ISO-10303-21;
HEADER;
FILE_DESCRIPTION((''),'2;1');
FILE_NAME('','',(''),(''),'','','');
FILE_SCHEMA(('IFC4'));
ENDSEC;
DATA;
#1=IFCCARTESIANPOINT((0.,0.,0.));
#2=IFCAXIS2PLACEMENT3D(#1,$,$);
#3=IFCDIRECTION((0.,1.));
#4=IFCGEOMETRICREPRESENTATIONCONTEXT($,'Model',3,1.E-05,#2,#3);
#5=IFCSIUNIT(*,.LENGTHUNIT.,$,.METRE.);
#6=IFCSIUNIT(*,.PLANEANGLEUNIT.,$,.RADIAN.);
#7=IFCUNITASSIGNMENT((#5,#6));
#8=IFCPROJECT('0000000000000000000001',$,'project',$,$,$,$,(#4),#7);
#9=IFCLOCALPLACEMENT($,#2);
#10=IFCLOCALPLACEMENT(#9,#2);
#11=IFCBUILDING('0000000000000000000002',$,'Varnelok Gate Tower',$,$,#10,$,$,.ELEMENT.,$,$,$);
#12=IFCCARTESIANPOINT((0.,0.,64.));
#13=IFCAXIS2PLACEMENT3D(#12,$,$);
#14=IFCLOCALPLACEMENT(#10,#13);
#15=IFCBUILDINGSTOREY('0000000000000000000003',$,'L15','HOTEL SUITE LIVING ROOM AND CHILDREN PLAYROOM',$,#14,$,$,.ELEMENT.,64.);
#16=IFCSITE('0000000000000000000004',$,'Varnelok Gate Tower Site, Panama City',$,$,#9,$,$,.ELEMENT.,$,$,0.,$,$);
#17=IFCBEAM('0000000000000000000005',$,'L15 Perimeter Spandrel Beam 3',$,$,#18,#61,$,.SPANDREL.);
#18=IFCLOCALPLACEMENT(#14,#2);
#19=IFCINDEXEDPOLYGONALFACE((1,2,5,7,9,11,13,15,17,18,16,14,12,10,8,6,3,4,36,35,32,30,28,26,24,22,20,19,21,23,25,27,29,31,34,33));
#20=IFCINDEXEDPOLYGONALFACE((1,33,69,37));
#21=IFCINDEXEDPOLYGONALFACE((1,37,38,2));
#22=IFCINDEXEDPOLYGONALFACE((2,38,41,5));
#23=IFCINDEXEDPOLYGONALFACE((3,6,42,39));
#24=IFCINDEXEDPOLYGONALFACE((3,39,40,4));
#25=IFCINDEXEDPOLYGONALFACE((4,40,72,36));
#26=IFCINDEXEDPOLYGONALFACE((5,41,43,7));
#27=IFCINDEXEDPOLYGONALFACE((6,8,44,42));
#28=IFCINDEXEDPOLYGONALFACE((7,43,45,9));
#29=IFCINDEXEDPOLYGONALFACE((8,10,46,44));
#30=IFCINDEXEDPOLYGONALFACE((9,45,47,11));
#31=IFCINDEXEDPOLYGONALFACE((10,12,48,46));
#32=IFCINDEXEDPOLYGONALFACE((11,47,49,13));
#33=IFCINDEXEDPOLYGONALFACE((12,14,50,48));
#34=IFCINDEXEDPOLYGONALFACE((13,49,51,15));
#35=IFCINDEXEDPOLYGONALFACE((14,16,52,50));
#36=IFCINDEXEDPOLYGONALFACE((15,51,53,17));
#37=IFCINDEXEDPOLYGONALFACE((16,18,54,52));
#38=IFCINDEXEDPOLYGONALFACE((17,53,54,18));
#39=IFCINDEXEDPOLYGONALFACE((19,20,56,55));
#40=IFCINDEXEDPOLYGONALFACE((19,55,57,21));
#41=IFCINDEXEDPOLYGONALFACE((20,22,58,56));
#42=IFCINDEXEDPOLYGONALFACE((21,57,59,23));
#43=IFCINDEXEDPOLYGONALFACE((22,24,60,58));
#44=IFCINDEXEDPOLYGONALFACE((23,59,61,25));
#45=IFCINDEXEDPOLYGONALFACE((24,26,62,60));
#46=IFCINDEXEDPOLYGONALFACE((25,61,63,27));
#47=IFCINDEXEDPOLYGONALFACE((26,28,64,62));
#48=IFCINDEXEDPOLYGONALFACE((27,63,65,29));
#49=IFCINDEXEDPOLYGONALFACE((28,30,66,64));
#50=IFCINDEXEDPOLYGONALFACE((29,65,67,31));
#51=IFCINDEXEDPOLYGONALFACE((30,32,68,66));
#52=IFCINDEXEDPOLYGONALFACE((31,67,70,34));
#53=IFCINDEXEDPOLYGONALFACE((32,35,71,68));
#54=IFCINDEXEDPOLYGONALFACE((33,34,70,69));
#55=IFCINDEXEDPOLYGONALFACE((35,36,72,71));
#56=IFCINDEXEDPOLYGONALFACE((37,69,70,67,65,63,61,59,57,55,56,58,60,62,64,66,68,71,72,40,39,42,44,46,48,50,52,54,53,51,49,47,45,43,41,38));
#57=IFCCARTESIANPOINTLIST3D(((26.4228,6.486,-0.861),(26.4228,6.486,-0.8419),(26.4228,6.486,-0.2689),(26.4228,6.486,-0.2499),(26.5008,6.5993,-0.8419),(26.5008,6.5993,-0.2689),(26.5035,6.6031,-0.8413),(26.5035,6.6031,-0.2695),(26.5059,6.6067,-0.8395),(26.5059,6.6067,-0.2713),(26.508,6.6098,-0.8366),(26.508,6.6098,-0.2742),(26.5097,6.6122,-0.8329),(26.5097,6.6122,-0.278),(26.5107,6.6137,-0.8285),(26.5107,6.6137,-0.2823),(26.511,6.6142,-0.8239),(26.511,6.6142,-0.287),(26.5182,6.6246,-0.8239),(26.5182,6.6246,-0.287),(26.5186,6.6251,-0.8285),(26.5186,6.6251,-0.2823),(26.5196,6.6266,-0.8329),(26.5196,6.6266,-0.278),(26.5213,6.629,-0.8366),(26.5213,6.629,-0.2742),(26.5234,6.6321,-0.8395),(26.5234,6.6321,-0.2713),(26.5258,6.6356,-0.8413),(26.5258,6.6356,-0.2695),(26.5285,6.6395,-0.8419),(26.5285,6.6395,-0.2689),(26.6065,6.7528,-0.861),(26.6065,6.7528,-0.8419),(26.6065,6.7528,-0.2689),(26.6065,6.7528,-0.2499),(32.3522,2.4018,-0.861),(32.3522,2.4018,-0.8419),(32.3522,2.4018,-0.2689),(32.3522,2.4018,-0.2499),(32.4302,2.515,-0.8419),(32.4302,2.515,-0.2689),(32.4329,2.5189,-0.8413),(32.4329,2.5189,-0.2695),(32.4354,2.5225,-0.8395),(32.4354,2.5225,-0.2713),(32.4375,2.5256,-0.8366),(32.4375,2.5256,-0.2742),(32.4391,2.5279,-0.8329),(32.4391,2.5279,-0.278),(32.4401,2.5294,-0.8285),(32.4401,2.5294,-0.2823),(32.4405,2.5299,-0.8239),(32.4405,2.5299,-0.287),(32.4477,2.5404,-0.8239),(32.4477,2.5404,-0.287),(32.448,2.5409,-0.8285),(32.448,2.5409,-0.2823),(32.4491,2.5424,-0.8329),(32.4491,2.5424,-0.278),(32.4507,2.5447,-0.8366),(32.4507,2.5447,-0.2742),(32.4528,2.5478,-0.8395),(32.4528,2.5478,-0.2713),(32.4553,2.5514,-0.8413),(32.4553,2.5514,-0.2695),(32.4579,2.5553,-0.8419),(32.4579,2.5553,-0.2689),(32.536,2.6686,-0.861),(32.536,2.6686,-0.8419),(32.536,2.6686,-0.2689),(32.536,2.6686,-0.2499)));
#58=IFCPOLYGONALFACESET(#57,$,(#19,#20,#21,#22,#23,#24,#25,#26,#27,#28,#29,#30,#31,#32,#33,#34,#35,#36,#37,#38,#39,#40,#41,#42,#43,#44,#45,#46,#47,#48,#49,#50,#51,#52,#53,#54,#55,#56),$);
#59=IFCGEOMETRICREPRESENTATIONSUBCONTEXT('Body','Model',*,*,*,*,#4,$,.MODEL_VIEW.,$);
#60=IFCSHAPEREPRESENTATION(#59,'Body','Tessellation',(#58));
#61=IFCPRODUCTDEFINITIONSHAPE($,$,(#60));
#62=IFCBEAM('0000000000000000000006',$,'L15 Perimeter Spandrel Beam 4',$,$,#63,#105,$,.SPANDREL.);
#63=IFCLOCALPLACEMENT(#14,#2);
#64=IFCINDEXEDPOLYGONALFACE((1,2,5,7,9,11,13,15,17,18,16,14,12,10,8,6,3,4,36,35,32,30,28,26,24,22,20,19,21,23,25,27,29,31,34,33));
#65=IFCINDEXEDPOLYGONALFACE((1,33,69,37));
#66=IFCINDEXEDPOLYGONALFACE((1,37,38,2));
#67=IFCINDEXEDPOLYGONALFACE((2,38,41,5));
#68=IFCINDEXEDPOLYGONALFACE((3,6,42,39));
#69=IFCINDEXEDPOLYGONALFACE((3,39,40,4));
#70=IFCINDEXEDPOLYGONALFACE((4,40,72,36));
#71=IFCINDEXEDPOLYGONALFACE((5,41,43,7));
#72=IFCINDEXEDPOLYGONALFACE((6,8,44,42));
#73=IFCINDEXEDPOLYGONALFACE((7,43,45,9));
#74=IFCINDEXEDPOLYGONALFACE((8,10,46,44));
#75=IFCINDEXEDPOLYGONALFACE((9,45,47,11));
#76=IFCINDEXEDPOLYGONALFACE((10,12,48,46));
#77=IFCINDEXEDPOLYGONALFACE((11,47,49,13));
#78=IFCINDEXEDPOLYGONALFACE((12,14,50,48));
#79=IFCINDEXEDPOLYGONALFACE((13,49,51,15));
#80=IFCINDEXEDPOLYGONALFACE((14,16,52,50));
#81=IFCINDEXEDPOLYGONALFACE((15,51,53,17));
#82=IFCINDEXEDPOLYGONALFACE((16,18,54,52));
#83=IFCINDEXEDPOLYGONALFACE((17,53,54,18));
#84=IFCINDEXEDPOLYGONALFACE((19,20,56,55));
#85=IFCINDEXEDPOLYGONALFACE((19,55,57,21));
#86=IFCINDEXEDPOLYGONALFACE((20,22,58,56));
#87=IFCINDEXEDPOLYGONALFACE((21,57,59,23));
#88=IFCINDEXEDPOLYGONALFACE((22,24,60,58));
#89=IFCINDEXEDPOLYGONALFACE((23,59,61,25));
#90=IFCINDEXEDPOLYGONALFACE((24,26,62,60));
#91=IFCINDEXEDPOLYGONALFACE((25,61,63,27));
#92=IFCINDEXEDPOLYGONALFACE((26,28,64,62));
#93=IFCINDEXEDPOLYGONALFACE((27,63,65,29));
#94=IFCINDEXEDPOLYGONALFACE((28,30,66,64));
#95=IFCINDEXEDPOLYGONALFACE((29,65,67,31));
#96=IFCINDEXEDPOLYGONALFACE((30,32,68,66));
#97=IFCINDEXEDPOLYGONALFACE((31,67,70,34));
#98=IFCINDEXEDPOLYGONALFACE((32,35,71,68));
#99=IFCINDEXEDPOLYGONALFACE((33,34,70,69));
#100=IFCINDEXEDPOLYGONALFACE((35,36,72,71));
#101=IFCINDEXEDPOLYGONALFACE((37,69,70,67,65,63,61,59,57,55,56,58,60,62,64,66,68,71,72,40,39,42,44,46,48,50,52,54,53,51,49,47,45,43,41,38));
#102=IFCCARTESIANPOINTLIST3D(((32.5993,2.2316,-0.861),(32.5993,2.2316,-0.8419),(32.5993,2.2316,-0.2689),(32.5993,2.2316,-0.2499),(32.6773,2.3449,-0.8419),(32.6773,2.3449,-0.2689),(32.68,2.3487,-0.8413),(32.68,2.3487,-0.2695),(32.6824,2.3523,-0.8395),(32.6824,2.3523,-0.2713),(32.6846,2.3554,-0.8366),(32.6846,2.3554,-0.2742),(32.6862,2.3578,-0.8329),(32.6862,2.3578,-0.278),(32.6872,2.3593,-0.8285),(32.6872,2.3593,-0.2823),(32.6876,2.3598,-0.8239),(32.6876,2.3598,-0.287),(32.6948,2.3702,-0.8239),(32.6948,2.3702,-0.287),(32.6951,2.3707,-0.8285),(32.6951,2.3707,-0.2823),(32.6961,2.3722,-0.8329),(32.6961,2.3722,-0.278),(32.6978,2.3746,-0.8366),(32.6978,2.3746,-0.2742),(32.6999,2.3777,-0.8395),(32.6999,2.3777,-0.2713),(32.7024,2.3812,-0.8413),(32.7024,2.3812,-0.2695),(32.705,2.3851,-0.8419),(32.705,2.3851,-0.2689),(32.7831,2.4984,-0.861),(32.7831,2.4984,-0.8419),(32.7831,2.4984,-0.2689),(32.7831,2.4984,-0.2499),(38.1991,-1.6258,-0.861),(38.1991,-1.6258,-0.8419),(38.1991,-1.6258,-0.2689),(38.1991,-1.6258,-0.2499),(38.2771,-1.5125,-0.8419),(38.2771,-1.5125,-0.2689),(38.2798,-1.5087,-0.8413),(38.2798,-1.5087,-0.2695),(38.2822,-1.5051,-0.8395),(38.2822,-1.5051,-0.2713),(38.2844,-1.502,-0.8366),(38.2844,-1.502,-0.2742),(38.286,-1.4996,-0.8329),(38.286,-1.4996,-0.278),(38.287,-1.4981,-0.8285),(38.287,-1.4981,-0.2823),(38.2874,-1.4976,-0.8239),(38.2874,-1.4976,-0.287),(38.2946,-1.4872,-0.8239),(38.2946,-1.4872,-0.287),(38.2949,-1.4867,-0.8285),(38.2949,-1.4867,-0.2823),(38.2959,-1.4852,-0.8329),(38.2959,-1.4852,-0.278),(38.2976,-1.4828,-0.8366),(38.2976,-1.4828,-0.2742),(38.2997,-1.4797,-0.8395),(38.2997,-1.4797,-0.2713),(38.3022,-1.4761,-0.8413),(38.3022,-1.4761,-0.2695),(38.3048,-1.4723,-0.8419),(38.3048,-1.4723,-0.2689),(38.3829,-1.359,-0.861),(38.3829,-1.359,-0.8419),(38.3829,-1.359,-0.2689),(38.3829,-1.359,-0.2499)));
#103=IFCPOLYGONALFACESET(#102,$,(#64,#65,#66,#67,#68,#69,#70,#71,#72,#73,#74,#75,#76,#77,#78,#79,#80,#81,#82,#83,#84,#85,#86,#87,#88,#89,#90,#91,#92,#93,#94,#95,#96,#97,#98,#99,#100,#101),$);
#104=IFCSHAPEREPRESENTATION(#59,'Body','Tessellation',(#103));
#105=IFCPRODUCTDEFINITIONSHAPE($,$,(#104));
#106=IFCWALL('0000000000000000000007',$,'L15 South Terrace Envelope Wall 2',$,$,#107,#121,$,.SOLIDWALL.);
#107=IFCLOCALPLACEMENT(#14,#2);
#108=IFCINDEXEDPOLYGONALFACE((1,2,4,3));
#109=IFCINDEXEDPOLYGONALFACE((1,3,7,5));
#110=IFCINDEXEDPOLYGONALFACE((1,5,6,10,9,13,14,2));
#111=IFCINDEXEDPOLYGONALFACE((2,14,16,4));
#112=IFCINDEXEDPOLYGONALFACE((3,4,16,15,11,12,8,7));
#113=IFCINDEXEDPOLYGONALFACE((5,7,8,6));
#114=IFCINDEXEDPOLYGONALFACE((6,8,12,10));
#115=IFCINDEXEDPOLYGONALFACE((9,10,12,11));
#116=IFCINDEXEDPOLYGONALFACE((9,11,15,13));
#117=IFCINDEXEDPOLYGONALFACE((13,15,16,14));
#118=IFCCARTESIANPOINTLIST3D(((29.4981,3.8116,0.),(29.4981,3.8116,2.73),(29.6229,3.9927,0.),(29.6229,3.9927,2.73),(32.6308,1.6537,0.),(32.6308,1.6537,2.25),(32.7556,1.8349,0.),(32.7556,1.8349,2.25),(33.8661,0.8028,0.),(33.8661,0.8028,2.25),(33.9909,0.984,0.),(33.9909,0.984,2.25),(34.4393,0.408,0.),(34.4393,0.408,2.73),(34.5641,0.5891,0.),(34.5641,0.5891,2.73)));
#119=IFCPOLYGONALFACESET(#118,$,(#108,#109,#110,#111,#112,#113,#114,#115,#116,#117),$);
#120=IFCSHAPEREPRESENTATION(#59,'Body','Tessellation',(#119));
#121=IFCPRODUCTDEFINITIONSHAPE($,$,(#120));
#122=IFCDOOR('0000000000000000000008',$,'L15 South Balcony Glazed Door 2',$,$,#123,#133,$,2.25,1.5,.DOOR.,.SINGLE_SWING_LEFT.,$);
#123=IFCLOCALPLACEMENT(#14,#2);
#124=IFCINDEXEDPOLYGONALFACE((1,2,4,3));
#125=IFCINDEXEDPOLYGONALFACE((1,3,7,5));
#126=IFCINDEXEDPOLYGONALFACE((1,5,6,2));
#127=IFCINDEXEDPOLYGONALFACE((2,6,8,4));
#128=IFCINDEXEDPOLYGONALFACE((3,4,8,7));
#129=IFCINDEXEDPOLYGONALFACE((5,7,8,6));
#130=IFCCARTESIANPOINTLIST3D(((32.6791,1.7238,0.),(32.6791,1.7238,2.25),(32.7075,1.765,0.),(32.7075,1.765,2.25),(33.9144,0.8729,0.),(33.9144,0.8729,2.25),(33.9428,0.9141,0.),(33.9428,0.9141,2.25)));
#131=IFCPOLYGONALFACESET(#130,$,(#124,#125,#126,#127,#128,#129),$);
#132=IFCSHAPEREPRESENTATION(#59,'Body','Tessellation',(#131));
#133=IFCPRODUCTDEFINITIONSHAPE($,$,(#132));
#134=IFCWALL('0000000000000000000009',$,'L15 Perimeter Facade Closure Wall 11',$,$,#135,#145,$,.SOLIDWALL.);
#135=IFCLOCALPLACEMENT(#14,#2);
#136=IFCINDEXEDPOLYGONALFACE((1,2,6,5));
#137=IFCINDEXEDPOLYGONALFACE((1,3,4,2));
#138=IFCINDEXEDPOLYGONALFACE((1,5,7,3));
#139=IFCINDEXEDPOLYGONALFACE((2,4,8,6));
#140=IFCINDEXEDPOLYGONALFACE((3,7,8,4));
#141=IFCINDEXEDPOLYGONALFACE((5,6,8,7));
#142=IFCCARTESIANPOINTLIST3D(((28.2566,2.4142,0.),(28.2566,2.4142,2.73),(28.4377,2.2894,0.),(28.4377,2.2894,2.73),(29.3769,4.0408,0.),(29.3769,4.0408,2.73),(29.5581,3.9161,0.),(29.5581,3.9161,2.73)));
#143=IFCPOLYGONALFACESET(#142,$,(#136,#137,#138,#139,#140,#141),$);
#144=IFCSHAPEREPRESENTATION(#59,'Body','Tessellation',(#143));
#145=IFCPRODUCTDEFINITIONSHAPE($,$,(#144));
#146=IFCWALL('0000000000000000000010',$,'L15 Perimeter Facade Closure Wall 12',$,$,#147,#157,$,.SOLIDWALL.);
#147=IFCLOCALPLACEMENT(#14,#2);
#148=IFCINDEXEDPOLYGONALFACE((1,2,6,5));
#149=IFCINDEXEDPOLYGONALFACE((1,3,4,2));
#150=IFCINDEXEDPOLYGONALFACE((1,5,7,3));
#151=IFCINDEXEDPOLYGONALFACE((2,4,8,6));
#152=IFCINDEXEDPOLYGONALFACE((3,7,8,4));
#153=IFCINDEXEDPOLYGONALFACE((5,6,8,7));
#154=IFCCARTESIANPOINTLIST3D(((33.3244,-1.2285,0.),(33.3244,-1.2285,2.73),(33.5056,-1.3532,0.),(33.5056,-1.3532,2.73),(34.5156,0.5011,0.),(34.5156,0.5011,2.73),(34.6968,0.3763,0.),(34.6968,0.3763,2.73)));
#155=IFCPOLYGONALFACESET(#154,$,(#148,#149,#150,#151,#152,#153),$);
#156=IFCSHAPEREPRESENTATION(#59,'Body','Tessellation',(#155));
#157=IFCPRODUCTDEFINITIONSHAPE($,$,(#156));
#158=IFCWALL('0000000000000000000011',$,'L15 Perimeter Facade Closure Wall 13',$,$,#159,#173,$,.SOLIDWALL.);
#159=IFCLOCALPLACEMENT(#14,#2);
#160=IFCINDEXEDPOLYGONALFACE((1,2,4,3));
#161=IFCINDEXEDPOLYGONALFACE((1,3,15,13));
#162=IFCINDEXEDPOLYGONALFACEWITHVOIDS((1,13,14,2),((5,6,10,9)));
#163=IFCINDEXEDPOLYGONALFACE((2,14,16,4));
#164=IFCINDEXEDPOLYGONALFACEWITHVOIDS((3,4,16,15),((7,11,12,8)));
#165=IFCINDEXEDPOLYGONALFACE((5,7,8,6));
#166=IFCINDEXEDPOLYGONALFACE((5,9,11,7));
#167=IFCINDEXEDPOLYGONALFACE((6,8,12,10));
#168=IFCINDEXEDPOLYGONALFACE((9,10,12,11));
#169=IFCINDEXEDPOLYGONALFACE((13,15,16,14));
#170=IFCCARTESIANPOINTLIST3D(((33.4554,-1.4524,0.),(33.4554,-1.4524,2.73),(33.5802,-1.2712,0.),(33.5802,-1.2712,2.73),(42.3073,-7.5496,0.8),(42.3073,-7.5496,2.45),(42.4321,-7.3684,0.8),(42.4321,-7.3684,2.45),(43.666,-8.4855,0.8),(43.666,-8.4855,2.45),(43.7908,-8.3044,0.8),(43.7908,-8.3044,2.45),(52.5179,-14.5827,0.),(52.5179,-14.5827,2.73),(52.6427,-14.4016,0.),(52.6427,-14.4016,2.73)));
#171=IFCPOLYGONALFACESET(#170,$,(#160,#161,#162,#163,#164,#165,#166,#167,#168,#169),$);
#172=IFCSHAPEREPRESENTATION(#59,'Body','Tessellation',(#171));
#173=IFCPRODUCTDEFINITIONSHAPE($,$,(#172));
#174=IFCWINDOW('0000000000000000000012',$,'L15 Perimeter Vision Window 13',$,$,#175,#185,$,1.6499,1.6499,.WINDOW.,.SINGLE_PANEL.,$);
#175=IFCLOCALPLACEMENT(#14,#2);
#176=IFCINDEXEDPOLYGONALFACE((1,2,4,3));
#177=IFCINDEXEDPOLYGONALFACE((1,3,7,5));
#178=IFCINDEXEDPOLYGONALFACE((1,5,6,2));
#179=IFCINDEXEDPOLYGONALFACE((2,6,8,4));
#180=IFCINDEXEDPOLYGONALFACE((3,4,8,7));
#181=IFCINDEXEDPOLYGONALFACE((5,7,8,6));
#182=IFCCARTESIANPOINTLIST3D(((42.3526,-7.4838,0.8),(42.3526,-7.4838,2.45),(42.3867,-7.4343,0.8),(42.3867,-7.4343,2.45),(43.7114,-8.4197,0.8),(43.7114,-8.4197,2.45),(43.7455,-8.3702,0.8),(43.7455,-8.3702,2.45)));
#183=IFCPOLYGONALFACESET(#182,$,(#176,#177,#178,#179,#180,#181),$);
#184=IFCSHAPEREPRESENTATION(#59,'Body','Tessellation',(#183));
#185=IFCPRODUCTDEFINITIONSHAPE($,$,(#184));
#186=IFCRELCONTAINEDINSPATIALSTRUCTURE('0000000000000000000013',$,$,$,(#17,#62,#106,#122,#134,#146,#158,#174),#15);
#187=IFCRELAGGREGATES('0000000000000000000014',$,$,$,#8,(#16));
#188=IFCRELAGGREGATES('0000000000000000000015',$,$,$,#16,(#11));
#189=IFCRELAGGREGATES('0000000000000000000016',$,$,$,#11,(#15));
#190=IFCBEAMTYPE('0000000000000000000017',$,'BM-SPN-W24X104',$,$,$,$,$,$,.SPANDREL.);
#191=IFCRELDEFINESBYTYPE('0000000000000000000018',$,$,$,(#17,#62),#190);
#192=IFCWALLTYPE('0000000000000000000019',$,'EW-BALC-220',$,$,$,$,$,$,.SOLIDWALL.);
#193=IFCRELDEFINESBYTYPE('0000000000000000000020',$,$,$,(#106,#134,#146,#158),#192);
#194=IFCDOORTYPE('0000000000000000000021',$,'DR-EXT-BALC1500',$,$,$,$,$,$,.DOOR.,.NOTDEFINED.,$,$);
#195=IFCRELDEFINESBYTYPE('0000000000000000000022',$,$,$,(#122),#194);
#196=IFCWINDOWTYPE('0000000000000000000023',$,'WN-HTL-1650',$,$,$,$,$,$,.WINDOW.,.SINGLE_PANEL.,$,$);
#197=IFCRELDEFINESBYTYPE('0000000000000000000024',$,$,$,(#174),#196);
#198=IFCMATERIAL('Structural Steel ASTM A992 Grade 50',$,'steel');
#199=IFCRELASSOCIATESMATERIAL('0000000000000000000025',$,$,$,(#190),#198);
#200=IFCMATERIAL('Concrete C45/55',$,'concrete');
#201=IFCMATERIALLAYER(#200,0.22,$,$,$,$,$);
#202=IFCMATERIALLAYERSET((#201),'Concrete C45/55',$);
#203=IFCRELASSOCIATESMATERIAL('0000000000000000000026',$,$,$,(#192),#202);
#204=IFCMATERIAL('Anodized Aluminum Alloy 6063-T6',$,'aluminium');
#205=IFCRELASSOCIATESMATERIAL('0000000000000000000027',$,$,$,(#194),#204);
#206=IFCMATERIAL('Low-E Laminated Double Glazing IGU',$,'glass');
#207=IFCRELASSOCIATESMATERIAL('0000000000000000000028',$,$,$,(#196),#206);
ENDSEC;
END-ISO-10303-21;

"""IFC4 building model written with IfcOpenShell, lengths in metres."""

from ifc_helpers import new_model, si_unit, direction, frame, frame_2d, origin, origin_2d, place, context, subcontext, project, spatial, rectangle, i_section, extrude, material, layer, layer_set, material_profile, profile_set, type_object, element, fill, save


model = new_model("IFC4")

# Units and contexts
model_context = context("Model", 3, precision=1e-05, world=origin(), true_north=direction((0.0, 1.0)))
body_context = subcontext(model_context, "Body", "Model", "MODEL_VIEW")
ifc_project = project(units=[si_unit("LENGTHUNIT", "METRE"), si_unit("PLANEANGLEUNIT", "RADIAN")], contexts=[model_context])

# Site, building, storey
site_placement = place(None, origin())
site = spatial("IfcSite", under=ifc_project, at=site_placement, Name="Varnelok Gate Tower Site, Panama City", CompositionType="ELEMENT", RefElevation=0.0)
building_placement = place(site_placement, origin())
building = spatial("IfcBuilding", under=site, at=building_placement, Name="Varnelok Gate Tower", CompositionType="ELEMENT")
storey_placement = place(building_placement, frame((0.0, 0.0, 64.0)))
storey = spatial("IfcBuildingStorey", under=building, at=storey_placement, Name="L15", Description="HOTEL SUITE LIVING ROOM AND CHILDREN PLAYROOM", CompositionType="ELEMENT", Elevation=64.0)

# Shared definitions
ifc_material_1 = material(Name="Structural Steel ASTM A992 Grade 50", Category="steel")

# Beams
ifc_material_profile_1 = material_profile(ifc_material_1, i_section(OverallWidth=0.324, OverallDepth=0.6111, WebThickness=0.0127, FlangeThickness=0.019, FilletRadius=0.0181, at=origin_2d()), Name="W24X104")
ifc_profile_set_1 = profile_set([ifc_material_profile_1], Name="Structural Steel ASTM A992 Grade 50")
beam_type_1 = type_object("IfcBeamType", Name="BM-SPN-W24X104", PredefinedType="SPANDREL", material=ifc_profile_set_1)
beam_1_placement = place(storey_placement, frame((26.5146, 6.6194, -0.5554), z_axis=(0.82354, -0.567258, 0.0), x_axis=(0.567258, 0.82354, 0.0)))
element("IfcBeam", 1, at=beam_1_placement, inside=storey, type_object=beam_type_1, Name="L15 Perimeter Spandrel Beam 3", PredefinedType="SPANDREL", context=body_context, shape_type="SweptSolid", body=[
    extrude(i_section(OverallWidth=0.324, OverallDepth=0.6111, WebThickness=0.0127, FlangeThickness=0.019, FilletRadius=0.0181, at=origin_2d()), origin(), (0.0, 0.0, 1.0), 7.2),
])
beam_2_placement = place(storey_placement, frame((32.6912, 2.365, -0.5554), z_axis=(0.823525, -0.56728, 0.0), x_axis=(0.56728, 0.823525, 0.0)))
element("IfcBeam", 2, at=beam_2_placement, inside=storey, type_object=beam_type_1, Name="L15 Perimeter Spandrel Beam 4", PredefinedType="SPANDREL", context=body_context, shape_type="SweptSolid", body=[
    extrude(i_section(OverallWidth=0.324, OverallDepth=0.6111, WebThickness=0.0127, FlangeThickness=0.019, FilletRadius=0.0181, at=origin_2d()), origin(), (0.0, 0.0, 1.0), 6.7998),
])

# Wall, opening, door
ifc_material_2 = material(Name="Concrete C45/55", Category="concrete")
ifc_layer_1 = layer(ifc_material_2, 0.22)
ifc_layer_set_1 = layer_set([ifc_layer_1], Name="Concrete C45/55")
wall_type_1 = type_object("IfcWallType", Name="EW-BALC-220", PredefinedType="SOLIDWALL", material=ifc_layer_set_1)
wall_1_placement = place(storey_placement, frame((34.5017, 0.4985, 0.0), z_axis=(0.0, 0.0, 1.0), x_axis=(-0.823535, 0.567266, 0.0)))
wall_1 = element("IfcWall", 3, at=wall_1_placement, inside=storey, type_object=wall_type_1, Name="L15 South Terrace Envelope Wall 2", PredefinedType="SOLIDWALL", context=body_context, shape_type="SweptSolid", body=[
    extrude(rectangle(XDim=6.0, YDim=0.22, at=frame_2d((3.0, 0.0))), origin(), (0.0, 0.0, 1.0), 2.73),
])
opening_1_placement = place(wall_1_placement, frame((0.696, 0.0, 0.0)))
opening_1 = element("IfcOpeningElement", 4, at=opening_1_placement, cuts=wall_1, PredefinedType="OPENING", context=body_context, shape_type="SweptSolid", body=[
    extrude(rectangle(XDim=1.5, YDim=2.25, at=frame_2d((0.75, 1.125))), frame((0.0, 0.1199, 0.0), z_axis=(0.0, -1.0, 0.0), x_axis=(1.0, 0.0, 0.0)), (0.0, 0.0, 1.0), 0.24),
])
ifc_material_3 = material(Name="Anodized Aluminum Alloy 6063-T6", Category="aluminium")
door_type_1 = type_object("IfcDoorType", Name="DR-EXT-BALC1500", OperationType="NOTDEFINED", PredefinedType="DOOR", material=ifc_material_3)
door_1_placement = place(opening_1_placement, origin())
door_1 = element("IfcDoor", 5, at=door_1_placement, inside=storey, type_object=door_type_1, Name="L15 South Balcony Glazed Door 2", OperationType="SINGLE_SWING_LEFT", OverallHeight=2.25, OverallWidth=1.5, PredefinedType="DOOR", context=body_context, shape_type="SweptSolid", body=[
    extrude(rectangle(XDim=1.5, YDim=2.25, at=frame_2d((0.75, 1.125))), frame((0.0, 0.0249, 0.0), z_axis=(0.0, -1.0, 0.0), x_axis=(1.0, 0.0, 0.0)), (0.0, 0.0, 1.0), 0.05),
])
fill(opening_1, door_1)

# Walls
wall_2_placement = place(storey_placement, frame((28.3472, 2.3518, 0.0), z_axis=(0.0, 0.0, 1.0), x_axis=(0.567216, 0.823569, 0.0)))
element("IfcWall", 6, at=wall_2_placement, inside=storey, type_object=wall_type_1, Name="L15 Perimeter Facade Closure Wall 11", PredefinedType="SOLIDWALL", context=body_context, shape_type="SweptSolid", body=[
    extrude(rectangle(XDim=1.9751, YDim=0.22, at=frame_2d((0.9875, 0.0))), origin(), (0.0, 0.0, 1.0), 2.73),
])
wall_3_placement = place(storey_placement, frame((34.6062, 0.4387, 0.0), z_axis=(0.0, 0.0, 1.0), x_axis=(-0.567219, -0.823567, 0.0)))
element("IfcWall", 7, at=wall_3_placement, inside=storey, type_object=wall_type_1, Name="L15 Perimeter Facade Closure Wall 12", PredefinedType="SOLIDWALL", context=body_context, shape_type="SweptSolid", body=[
    extrude(rectangle(XDim=2.1001, YDim=0.22, at=frame_2d((1.05, 0.0))), origin(), (0.0, 0.0, 1.0), 2.73),
])

# Wall, opening, window
wall_4_placement = place(storey_placement, frame((33.5178, -1.3618, 0.0), z_axis=(0.0, 0.0, 1.0), x_axis=(0.823539, -0.567259, 0.0)))
wall_4 = element("IfcWall", 8, at=wall_4_placement, inside=storey, type_object=wall_type_1, Name="L15 Perimeter Facade Closure Wall 13", PredefinedType="SOLIDWALL", context=body_context, shape_type="SweptSolid", body=[
    extrude(rectangle(XDim=23.147, YDim=0.22, at=frame_2d((11.5735, 0.0))), origin(), (0.0, 0.0, 1.0), 2.73),
])
opening_2_placement = place(wall_4_placement, frame((10.7485, 0.0, 0.8)))
opening_2 = element("IfcOpeningElement", 9, at=opening_2_placement, cuts=wall_4, PredefinedType="OPENING", context=body_context, shape_type="SweptSolid", body=[
    extrude(rectangle(XDim=1.6499, YDim=1.6499, at=frame_2d((0.825, 0.825))), frame((0.0, 0.1199, 0.0), z_axis=(0.0, -1.0, 0.0), x_axis=(1.0, 0.0, 0.0)), (0.0, 0.0, 1.0), 0.24),
])
ifc_material_4 = material(Name="Low-E Laminated Double Glazing IGU", Category="glass")
window_type = type_object("IfcWindowType", Name="WN-HTL-1650", PartitioningType="SINGLE_PANEL", PredefinedType="WINDOW", material=ifc_material_4)
window_placement = place(opening_2_placement, origin())
window = element("IfcWindow", 10, at=window_placement, inside=storey, type_object=window_type, Name="L15 Perimeter Vision Window 13", OverallHeight=1.6499, OverallWidth=1.6499, PartitioningType="SINGLE_PANEL", PredefinedType="WINDOW", context=body_context, shape_type="SweptSolid", body=[
    extrude(rectangle(XDim=1.6499, YDim=1.6499, at=frame_2d((0.825, 0.825))), frame((0.0, 0.03, 0.0), z_axis=(0.0, -1.0, 0.0), x_axis=(1.0, 0.0, 0.0)), (0.0, 0.0, 1.0), 0.0601),
])
fill(opening_2, window)

save(model, "model.ifc")
